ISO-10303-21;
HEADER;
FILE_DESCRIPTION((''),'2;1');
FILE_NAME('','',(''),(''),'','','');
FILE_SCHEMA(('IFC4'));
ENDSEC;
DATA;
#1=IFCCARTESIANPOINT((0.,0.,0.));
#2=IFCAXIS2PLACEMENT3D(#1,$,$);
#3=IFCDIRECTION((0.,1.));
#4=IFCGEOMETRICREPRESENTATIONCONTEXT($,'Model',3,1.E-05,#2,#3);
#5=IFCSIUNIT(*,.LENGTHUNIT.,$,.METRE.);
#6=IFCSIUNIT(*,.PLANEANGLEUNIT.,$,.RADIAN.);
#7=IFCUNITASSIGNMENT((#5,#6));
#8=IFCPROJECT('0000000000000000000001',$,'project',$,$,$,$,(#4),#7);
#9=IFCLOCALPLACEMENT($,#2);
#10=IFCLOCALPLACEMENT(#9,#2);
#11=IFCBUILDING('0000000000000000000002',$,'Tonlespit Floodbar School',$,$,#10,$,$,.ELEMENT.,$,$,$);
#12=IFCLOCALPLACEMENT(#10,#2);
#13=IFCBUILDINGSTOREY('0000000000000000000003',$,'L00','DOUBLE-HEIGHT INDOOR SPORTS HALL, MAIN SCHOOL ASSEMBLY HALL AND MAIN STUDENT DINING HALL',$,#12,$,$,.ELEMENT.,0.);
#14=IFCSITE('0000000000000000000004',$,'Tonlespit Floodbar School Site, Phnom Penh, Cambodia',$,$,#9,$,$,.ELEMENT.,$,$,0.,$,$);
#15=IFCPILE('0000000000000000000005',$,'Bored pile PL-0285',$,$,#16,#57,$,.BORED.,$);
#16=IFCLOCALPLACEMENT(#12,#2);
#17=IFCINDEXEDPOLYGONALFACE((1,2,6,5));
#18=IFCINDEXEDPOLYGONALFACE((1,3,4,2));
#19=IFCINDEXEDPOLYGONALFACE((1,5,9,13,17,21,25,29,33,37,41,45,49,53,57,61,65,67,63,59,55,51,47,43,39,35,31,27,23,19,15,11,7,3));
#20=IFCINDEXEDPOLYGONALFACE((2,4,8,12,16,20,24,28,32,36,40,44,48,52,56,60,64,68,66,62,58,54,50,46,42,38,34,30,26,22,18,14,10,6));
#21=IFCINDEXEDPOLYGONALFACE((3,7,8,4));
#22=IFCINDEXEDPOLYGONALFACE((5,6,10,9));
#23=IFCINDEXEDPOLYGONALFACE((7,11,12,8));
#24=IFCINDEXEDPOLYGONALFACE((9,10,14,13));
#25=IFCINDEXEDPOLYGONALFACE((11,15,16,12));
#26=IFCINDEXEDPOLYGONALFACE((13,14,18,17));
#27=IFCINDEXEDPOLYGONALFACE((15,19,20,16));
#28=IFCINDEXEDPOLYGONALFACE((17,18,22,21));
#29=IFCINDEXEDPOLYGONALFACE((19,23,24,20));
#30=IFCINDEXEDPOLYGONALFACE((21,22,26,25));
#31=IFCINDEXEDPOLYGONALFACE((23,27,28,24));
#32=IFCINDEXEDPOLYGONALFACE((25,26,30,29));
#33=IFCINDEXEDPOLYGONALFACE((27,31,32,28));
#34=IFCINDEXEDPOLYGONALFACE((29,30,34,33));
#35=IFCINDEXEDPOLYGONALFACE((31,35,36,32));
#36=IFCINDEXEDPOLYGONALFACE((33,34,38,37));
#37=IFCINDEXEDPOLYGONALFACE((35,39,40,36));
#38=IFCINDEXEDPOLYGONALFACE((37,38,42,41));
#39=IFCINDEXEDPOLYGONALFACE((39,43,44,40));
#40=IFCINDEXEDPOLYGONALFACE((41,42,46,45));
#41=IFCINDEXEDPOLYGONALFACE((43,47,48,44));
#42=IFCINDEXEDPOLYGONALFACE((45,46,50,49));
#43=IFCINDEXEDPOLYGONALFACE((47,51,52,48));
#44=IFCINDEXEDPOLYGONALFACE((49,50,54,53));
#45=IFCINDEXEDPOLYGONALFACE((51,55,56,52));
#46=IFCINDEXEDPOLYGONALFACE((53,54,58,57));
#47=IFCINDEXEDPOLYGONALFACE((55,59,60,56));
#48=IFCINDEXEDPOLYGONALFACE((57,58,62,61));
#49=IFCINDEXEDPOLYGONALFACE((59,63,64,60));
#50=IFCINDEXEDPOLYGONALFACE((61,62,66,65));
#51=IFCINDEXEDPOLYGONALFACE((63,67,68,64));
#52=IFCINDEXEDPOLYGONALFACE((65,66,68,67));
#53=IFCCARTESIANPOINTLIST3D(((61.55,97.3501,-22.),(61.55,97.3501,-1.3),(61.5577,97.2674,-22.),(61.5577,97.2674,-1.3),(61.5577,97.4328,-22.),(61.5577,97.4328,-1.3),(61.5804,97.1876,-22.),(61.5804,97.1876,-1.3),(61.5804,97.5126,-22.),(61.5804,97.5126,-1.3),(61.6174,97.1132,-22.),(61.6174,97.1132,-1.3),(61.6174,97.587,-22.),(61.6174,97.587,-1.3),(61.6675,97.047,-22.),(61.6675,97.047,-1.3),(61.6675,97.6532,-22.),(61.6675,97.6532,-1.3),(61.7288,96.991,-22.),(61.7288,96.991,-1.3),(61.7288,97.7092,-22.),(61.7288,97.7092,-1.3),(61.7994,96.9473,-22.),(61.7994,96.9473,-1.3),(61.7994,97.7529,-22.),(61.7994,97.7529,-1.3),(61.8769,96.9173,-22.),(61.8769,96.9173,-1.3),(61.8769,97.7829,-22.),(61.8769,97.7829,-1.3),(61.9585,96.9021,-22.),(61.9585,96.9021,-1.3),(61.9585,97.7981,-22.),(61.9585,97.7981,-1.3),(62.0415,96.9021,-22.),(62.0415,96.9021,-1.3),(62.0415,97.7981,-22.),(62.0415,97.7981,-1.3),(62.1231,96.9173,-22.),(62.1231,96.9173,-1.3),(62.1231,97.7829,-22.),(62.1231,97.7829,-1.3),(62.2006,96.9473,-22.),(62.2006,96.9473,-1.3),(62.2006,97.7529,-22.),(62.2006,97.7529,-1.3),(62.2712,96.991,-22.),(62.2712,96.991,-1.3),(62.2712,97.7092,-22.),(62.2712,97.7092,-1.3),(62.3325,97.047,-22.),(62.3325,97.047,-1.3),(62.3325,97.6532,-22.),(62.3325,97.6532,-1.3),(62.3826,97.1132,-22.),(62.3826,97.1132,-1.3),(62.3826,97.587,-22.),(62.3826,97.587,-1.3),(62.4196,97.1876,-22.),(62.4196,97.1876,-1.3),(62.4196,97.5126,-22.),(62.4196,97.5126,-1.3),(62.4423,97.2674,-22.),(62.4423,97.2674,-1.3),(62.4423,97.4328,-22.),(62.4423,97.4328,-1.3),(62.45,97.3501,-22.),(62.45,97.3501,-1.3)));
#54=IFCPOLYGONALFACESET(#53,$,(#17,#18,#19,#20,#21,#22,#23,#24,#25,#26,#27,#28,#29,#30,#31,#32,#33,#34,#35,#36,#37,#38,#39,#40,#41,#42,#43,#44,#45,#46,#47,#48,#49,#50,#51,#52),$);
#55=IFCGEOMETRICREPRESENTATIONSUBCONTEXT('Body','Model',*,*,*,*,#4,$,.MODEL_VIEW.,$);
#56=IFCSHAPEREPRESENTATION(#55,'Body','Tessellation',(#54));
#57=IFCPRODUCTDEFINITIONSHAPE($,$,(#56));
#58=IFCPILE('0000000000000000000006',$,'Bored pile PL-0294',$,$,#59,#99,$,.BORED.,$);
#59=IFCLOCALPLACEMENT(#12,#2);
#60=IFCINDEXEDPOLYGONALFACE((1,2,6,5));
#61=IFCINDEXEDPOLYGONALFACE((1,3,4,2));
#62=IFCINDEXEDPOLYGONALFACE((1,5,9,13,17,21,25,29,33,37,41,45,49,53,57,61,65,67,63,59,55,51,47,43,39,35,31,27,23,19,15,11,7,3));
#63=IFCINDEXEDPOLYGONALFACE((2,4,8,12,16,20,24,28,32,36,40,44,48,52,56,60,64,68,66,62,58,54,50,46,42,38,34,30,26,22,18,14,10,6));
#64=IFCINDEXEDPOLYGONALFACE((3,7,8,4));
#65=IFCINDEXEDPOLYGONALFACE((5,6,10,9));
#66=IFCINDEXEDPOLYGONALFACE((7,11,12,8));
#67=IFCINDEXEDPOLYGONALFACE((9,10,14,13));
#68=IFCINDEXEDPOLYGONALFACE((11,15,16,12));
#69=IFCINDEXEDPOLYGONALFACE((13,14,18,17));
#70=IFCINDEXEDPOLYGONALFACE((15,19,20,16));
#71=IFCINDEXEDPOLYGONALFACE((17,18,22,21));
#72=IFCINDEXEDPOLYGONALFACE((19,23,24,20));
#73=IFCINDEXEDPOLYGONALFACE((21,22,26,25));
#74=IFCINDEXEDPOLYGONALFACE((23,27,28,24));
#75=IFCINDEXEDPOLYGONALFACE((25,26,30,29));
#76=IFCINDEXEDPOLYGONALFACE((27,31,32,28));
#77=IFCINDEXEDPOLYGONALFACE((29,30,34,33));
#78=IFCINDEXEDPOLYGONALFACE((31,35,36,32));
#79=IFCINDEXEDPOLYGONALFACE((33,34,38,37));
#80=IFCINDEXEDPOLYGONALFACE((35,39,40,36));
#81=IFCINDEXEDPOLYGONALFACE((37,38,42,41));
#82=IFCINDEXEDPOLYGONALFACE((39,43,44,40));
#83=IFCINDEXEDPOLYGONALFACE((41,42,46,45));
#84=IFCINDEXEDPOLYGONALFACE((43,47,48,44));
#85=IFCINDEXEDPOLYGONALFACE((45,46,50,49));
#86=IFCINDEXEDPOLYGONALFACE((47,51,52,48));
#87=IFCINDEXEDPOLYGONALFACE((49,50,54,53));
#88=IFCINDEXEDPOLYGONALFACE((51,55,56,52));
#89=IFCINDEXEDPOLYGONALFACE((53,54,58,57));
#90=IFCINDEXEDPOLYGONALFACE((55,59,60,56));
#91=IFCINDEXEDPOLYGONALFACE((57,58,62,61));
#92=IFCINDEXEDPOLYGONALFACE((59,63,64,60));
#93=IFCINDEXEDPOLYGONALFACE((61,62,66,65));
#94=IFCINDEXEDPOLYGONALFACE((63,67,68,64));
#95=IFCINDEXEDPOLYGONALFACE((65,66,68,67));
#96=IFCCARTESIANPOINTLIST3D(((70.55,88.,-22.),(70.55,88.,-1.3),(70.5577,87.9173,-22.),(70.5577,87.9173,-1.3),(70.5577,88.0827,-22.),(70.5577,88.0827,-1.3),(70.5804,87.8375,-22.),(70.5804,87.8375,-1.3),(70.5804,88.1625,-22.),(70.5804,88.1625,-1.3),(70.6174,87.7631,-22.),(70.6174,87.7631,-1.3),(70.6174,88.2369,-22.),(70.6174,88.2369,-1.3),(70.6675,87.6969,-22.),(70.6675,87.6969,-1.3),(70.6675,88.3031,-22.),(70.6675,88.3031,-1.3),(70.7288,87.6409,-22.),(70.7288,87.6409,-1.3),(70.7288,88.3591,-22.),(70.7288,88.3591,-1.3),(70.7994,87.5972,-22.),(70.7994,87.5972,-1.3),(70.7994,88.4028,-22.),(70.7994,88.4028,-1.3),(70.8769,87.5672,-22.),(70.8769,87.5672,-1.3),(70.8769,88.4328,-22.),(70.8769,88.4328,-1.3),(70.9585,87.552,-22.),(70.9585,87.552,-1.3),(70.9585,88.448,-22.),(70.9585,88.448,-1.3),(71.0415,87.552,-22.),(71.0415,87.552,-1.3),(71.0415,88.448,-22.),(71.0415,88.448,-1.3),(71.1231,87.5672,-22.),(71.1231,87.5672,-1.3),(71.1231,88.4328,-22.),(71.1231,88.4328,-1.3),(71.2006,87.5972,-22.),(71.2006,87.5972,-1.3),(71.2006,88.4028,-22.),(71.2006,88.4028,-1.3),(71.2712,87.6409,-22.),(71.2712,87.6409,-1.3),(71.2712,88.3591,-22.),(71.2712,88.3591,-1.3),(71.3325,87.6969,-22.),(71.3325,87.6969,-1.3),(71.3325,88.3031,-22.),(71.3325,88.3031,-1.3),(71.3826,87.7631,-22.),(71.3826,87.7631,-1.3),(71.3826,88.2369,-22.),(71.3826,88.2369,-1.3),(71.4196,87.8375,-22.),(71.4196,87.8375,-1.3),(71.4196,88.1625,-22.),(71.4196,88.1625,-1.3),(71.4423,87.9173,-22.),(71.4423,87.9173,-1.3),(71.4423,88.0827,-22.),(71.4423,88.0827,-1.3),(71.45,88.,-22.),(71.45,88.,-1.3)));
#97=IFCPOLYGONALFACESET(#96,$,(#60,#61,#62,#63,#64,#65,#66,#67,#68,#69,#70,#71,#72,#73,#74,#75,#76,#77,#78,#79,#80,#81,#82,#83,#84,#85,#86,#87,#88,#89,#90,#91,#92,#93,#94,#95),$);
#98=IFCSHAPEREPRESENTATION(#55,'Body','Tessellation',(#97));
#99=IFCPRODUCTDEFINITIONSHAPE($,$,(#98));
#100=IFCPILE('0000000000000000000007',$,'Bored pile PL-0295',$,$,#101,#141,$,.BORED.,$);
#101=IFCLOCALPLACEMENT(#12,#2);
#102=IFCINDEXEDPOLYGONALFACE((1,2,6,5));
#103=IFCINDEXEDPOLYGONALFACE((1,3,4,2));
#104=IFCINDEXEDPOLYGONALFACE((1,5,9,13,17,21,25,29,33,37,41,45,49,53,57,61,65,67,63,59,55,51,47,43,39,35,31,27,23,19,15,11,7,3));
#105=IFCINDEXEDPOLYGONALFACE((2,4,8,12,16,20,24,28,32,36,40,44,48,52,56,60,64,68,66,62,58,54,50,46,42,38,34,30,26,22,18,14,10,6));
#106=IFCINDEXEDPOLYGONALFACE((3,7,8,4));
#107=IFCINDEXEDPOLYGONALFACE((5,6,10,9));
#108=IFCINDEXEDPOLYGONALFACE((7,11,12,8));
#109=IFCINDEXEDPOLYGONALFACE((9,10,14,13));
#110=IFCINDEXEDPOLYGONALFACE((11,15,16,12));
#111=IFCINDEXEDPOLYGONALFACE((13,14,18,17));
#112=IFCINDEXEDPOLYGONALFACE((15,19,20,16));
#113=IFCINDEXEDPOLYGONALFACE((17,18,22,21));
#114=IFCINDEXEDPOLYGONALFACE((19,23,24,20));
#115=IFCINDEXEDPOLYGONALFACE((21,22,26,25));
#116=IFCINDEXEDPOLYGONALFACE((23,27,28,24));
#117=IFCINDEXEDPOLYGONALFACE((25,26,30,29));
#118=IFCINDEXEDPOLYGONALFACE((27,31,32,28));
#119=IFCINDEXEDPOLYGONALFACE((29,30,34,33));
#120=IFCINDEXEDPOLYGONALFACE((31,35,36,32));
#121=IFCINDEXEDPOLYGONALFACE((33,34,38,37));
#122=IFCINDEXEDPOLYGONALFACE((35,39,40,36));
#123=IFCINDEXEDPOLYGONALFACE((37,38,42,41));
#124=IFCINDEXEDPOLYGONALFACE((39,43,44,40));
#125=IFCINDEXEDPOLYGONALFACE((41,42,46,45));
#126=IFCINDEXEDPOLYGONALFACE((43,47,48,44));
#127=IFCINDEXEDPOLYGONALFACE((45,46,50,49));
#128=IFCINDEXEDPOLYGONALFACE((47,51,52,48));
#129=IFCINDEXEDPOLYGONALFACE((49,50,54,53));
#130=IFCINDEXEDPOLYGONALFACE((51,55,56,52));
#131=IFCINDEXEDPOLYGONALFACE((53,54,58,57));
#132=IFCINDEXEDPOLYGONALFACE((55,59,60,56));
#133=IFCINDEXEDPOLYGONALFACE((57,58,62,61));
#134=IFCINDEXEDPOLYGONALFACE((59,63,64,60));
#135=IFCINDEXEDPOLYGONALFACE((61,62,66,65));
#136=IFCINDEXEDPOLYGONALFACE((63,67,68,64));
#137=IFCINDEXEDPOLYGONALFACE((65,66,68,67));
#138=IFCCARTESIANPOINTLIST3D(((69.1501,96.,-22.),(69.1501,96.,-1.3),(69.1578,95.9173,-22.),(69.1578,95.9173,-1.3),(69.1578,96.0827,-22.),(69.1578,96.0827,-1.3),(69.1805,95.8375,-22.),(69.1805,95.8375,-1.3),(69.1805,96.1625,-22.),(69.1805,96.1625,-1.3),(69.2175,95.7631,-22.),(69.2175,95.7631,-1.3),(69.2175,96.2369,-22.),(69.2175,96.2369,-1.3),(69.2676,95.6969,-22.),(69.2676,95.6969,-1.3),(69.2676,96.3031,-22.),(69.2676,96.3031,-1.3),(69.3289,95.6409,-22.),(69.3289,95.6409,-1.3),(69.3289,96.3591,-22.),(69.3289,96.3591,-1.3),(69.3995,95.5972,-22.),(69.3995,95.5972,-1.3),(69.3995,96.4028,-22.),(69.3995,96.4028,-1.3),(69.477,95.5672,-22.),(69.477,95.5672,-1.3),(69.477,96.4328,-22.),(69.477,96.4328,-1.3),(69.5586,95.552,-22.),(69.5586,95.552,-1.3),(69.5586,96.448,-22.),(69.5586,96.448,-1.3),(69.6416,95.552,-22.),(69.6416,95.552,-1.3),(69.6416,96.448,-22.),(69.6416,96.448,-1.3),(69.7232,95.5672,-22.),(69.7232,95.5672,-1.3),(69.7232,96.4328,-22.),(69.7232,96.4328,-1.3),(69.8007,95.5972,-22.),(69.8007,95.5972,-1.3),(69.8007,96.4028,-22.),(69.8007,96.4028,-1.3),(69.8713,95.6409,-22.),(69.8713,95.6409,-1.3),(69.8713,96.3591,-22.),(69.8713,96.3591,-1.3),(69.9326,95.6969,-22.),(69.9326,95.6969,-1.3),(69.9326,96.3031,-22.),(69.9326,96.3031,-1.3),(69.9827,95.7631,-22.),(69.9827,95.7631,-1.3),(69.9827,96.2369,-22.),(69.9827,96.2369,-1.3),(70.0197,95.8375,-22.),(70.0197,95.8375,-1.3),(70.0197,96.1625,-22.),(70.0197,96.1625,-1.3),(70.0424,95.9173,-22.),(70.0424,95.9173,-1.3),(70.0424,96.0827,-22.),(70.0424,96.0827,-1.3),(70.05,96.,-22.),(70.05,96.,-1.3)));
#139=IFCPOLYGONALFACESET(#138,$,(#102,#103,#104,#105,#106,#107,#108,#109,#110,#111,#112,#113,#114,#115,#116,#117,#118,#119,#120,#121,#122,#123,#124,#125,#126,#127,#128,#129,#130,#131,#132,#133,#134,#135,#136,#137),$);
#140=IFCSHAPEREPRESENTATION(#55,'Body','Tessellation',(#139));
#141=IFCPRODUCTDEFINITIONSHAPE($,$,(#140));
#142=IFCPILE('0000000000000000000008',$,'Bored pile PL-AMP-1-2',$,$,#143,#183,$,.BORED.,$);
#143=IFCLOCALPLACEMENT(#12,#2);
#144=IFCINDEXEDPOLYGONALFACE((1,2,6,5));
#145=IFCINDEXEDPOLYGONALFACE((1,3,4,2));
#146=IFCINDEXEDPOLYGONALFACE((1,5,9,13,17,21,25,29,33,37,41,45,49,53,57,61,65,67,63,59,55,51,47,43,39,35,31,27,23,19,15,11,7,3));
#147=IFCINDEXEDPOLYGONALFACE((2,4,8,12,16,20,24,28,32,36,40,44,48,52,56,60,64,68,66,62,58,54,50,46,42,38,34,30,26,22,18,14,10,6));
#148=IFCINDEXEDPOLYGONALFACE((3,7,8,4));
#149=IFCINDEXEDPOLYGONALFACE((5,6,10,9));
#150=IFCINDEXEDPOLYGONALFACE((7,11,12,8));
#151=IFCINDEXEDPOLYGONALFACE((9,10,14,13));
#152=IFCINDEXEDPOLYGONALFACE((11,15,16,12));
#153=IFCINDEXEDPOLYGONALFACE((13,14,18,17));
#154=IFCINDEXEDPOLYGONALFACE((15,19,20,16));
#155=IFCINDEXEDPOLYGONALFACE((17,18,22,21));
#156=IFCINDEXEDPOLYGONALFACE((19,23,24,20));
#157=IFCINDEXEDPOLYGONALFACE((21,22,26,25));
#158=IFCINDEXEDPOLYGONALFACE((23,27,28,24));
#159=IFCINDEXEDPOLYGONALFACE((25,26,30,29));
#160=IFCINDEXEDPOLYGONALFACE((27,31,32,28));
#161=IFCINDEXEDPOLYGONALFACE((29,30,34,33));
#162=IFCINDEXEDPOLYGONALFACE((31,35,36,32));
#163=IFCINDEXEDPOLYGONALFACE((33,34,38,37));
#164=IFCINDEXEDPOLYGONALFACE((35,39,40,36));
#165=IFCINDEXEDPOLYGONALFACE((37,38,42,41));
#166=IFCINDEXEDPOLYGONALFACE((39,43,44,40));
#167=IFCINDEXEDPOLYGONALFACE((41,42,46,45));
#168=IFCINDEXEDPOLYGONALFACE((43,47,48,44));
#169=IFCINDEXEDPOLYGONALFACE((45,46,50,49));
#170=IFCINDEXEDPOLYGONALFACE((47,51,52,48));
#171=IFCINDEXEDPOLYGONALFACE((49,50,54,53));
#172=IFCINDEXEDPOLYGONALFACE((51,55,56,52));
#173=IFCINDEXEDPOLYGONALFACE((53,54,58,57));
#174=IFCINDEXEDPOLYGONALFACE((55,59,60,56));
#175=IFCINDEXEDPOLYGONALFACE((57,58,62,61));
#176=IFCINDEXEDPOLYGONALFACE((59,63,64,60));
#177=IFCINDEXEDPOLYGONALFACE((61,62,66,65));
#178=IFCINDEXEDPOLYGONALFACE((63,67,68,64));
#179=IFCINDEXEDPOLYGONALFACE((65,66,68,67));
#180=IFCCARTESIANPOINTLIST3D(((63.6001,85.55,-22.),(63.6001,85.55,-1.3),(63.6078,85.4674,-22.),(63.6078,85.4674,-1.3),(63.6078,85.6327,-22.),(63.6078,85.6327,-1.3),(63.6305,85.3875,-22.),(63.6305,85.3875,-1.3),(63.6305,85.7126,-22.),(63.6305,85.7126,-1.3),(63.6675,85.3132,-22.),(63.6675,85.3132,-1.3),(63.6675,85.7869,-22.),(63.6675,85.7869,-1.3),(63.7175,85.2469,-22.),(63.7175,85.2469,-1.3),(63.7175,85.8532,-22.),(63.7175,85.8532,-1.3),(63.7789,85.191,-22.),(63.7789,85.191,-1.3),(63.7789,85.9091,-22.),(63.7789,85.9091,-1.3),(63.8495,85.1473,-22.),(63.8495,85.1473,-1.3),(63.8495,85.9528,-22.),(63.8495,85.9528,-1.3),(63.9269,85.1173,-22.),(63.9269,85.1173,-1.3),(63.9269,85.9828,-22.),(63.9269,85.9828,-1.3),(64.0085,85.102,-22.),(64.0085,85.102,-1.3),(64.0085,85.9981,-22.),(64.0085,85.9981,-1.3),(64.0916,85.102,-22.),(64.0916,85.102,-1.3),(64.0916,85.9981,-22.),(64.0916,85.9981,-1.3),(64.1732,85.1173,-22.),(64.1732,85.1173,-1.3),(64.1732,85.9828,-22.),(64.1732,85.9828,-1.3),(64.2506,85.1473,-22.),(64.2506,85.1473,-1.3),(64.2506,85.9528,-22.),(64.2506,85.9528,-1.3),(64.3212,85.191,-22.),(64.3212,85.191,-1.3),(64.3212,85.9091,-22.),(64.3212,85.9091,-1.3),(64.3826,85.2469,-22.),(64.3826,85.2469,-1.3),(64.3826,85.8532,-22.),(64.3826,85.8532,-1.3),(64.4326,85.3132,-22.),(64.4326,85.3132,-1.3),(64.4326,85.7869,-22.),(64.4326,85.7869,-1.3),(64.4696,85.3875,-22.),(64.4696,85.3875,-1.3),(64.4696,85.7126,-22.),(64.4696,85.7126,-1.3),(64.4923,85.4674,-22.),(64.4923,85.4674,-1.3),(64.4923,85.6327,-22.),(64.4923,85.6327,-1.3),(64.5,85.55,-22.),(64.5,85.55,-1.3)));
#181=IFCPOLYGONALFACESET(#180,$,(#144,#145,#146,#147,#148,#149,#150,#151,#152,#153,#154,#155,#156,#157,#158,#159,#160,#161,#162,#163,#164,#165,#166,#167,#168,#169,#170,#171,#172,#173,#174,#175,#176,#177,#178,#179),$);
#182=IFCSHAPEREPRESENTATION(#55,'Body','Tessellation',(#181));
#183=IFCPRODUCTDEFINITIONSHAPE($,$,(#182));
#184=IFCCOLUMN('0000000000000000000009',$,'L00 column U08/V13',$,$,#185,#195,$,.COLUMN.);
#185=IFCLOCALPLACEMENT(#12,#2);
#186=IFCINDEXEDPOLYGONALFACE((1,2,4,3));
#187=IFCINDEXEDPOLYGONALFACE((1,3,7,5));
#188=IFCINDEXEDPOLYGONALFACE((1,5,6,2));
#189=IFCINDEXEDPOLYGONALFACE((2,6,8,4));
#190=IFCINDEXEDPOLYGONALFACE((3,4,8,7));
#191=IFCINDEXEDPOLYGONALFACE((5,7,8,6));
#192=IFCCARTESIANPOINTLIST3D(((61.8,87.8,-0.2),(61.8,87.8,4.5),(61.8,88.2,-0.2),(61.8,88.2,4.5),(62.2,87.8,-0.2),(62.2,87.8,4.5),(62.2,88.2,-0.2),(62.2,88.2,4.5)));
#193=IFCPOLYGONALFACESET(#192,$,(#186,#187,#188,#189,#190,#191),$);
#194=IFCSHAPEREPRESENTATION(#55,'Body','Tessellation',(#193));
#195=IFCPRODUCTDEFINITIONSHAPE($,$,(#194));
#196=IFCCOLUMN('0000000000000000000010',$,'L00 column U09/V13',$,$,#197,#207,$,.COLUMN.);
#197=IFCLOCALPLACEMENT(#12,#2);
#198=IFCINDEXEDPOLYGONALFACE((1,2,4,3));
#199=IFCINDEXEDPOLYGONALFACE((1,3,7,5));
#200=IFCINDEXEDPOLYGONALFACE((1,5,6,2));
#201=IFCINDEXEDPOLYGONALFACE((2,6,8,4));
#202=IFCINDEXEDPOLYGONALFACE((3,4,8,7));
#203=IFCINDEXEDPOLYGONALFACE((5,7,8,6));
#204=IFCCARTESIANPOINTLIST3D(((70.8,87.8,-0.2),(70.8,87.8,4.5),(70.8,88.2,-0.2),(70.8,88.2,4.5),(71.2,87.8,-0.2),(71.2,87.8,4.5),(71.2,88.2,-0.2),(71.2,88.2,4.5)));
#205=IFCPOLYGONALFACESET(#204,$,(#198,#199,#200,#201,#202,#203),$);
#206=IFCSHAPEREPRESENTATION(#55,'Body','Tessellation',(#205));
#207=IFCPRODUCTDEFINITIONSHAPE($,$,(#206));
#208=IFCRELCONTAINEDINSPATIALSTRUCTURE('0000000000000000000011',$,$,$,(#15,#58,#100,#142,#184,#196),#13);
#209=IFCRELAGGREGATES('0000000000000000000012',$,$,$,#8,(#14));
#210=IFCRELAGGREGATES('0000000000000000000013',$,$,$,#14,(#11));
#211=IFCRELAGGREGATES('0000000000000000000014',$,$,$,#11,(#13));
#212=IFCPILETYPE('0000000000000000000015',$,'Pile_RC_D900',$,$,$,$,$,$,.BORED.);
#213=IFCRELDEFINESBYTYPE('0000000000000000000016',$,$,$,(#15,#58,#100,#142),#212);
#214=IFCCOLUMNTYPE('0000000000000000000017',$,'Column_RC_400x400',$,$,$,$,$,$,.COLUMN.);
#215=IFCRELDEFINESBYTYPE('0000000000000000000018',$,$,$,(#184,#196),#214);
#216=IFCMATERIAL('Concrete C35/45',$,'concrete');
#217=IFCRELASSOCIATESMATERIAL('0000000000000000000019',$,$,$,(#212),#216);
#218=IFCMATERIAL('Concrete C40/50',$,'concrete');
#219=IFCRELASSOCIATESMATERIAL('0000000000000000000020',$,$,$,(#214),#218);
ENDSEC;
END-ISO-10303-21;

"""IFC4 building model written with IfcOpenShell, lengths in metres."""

from ifc_helpers import new_model, si_unit, direction, frame, origin, origin_2d, place, context, subcontext, project, spatial, rectangle, circle, extrude, material, material_profile, profile_set, type_object, element, save


model = new_model("IFC4")

# Units and contexts
model_context = context("Model", 3, precision=1e-05, world=origin(), true_north=direction((0.0, 1.0)))
body_context = subcontext(model_context, "Body", "Model", "MODEL_VIEW")
ifc_project = project(units=[si_unit("LENGTHUNIT", "METRE"), si_unit("PLANEANGLEUNIT", "RADIAN")], contexts=[model_context])

# Site, building, storey
site_placement = place(None, origin())
site = spatial("IfcSite", under=ifc_project, at=site_placement, Name="Tonlespit Floodbar School Site, Phnom Penh, Cambodia", CompositionType="ELEMENT", RefElevation=0.0)
building_placement = place(site_placement, origin())
building = spatial("IfcBuilding", under=site, at=building_placement, Name="Tonlespit Floodbar School", CompositionType="ELEMENT")
storey_placement = place(building_placement, origin())
storey = spatial("IfcBuildingStorey", under=building, at=storey_placement, Name="L00", Description="DOUBLE-HEIGHT INDOOR SPORTS HALL, MAIN SCHOOL ASSEMBLY HALL AND MAIN STUDENT DINING HALL", CompositionType="ELEMENT", Elevation=0.0)

# Shared definitions
ifc_material_1 = material(Name="Concrete C40/50", Category="concrete")

# Piles
ifc_material_2 = material(Name="Concrete C35/45", Category="concrete")
ifc_material_profile_1 = material_profile(ifc_material_2, circle(Radius=0.45, at=origin_2d()), Name="BP D900")
ifc_profile_set_1 = profile_set([ifc_material_profile_1], Name="Concrete C35/45")
pile_type = type_object("IfcPileType", Name="Pile_RC_D900", PredefinedType="BORED", material=ifc_profile_set_1)
for number, where, z_axis, x_axis, name in (
    (1, (62.0, 97.3501, -1.3), (0.0, 0.0, -1.0), (1.0, 0.0, 0.0), "Bored pile PL-0285"),
    (2, (71.0, 88.0, -1.3), (0.0, 0.0, -1.0), (1.0, 0.0, 0.0), "Bored pile PL-0294"),
    (3, (69.6001, 96.0, -1.3), (0.0, 0.0, -1.0), (1.0, 0.0, 0.0), "Bored pile PL-0295"),
    (4, (64.05, 85.55, -1.3), (0.0, 0.0, -1.0), (1.0, 0.0, 0.0), "Bored pile PL-AMP-1-2"),
):
    element("IfcPile", number, at=place(storey_placement, frame(where, z_axis=z_axis, x_axis=x_axis)), inside=storey, type_object=pile_type, Name=name, PredefinedType="BORED", context=body_context, shape_type="SweptSolid", body=[
        extrude(circle(Radius=0.45, at=origin_2d()), origin(), (0.0, 0.0, 1.0), 20.7),
    ])

# Columns
ifc_material_profile_2 = material_profile(ifc_material_1, rectangle(XDim=0.3999, YDim=0.3999, at=origin_2d()), Name="RC 400x400")
ifc_profile_set_2 = profile_set([ifc_material_profile_2], Name="Concrete C40/50")
column_type_1 = type_object("IfcColumnType", Name="Column_RC_400x400", PredefinedType="COLUMN", material=ifc_profile_set_2)
for number, where, z_axis, x_axis, name in (
    (5, (62.0, 88.0, -0.2), (0.0, 0.0, 1.0), (1.0, 0.0, 0.0), "L00 column U08/V13"),
    (6, (71.0, 88.0, -0.2), (0.0, 0.0, 1.0), (1.0, 0.0, 0.0), "L00 column U09/V13"),
):
    element("IfcColumn", number, at=place(storey_placement, frame(where, z_axis=z_axis, x_axis=x_axis)), inside=storey, type_object=column_type_1, Name=name, PredefinedType="COLUMN", context=body_context, shape_type="SweptSolid", body=[
        extrude(rectangle(XDim=0.3999, YDim=0.3999, at=origin_2d()), origin(), (0.0, 0.0, 1.0), 4.7),
    ])

save(model, "model.ifc")
